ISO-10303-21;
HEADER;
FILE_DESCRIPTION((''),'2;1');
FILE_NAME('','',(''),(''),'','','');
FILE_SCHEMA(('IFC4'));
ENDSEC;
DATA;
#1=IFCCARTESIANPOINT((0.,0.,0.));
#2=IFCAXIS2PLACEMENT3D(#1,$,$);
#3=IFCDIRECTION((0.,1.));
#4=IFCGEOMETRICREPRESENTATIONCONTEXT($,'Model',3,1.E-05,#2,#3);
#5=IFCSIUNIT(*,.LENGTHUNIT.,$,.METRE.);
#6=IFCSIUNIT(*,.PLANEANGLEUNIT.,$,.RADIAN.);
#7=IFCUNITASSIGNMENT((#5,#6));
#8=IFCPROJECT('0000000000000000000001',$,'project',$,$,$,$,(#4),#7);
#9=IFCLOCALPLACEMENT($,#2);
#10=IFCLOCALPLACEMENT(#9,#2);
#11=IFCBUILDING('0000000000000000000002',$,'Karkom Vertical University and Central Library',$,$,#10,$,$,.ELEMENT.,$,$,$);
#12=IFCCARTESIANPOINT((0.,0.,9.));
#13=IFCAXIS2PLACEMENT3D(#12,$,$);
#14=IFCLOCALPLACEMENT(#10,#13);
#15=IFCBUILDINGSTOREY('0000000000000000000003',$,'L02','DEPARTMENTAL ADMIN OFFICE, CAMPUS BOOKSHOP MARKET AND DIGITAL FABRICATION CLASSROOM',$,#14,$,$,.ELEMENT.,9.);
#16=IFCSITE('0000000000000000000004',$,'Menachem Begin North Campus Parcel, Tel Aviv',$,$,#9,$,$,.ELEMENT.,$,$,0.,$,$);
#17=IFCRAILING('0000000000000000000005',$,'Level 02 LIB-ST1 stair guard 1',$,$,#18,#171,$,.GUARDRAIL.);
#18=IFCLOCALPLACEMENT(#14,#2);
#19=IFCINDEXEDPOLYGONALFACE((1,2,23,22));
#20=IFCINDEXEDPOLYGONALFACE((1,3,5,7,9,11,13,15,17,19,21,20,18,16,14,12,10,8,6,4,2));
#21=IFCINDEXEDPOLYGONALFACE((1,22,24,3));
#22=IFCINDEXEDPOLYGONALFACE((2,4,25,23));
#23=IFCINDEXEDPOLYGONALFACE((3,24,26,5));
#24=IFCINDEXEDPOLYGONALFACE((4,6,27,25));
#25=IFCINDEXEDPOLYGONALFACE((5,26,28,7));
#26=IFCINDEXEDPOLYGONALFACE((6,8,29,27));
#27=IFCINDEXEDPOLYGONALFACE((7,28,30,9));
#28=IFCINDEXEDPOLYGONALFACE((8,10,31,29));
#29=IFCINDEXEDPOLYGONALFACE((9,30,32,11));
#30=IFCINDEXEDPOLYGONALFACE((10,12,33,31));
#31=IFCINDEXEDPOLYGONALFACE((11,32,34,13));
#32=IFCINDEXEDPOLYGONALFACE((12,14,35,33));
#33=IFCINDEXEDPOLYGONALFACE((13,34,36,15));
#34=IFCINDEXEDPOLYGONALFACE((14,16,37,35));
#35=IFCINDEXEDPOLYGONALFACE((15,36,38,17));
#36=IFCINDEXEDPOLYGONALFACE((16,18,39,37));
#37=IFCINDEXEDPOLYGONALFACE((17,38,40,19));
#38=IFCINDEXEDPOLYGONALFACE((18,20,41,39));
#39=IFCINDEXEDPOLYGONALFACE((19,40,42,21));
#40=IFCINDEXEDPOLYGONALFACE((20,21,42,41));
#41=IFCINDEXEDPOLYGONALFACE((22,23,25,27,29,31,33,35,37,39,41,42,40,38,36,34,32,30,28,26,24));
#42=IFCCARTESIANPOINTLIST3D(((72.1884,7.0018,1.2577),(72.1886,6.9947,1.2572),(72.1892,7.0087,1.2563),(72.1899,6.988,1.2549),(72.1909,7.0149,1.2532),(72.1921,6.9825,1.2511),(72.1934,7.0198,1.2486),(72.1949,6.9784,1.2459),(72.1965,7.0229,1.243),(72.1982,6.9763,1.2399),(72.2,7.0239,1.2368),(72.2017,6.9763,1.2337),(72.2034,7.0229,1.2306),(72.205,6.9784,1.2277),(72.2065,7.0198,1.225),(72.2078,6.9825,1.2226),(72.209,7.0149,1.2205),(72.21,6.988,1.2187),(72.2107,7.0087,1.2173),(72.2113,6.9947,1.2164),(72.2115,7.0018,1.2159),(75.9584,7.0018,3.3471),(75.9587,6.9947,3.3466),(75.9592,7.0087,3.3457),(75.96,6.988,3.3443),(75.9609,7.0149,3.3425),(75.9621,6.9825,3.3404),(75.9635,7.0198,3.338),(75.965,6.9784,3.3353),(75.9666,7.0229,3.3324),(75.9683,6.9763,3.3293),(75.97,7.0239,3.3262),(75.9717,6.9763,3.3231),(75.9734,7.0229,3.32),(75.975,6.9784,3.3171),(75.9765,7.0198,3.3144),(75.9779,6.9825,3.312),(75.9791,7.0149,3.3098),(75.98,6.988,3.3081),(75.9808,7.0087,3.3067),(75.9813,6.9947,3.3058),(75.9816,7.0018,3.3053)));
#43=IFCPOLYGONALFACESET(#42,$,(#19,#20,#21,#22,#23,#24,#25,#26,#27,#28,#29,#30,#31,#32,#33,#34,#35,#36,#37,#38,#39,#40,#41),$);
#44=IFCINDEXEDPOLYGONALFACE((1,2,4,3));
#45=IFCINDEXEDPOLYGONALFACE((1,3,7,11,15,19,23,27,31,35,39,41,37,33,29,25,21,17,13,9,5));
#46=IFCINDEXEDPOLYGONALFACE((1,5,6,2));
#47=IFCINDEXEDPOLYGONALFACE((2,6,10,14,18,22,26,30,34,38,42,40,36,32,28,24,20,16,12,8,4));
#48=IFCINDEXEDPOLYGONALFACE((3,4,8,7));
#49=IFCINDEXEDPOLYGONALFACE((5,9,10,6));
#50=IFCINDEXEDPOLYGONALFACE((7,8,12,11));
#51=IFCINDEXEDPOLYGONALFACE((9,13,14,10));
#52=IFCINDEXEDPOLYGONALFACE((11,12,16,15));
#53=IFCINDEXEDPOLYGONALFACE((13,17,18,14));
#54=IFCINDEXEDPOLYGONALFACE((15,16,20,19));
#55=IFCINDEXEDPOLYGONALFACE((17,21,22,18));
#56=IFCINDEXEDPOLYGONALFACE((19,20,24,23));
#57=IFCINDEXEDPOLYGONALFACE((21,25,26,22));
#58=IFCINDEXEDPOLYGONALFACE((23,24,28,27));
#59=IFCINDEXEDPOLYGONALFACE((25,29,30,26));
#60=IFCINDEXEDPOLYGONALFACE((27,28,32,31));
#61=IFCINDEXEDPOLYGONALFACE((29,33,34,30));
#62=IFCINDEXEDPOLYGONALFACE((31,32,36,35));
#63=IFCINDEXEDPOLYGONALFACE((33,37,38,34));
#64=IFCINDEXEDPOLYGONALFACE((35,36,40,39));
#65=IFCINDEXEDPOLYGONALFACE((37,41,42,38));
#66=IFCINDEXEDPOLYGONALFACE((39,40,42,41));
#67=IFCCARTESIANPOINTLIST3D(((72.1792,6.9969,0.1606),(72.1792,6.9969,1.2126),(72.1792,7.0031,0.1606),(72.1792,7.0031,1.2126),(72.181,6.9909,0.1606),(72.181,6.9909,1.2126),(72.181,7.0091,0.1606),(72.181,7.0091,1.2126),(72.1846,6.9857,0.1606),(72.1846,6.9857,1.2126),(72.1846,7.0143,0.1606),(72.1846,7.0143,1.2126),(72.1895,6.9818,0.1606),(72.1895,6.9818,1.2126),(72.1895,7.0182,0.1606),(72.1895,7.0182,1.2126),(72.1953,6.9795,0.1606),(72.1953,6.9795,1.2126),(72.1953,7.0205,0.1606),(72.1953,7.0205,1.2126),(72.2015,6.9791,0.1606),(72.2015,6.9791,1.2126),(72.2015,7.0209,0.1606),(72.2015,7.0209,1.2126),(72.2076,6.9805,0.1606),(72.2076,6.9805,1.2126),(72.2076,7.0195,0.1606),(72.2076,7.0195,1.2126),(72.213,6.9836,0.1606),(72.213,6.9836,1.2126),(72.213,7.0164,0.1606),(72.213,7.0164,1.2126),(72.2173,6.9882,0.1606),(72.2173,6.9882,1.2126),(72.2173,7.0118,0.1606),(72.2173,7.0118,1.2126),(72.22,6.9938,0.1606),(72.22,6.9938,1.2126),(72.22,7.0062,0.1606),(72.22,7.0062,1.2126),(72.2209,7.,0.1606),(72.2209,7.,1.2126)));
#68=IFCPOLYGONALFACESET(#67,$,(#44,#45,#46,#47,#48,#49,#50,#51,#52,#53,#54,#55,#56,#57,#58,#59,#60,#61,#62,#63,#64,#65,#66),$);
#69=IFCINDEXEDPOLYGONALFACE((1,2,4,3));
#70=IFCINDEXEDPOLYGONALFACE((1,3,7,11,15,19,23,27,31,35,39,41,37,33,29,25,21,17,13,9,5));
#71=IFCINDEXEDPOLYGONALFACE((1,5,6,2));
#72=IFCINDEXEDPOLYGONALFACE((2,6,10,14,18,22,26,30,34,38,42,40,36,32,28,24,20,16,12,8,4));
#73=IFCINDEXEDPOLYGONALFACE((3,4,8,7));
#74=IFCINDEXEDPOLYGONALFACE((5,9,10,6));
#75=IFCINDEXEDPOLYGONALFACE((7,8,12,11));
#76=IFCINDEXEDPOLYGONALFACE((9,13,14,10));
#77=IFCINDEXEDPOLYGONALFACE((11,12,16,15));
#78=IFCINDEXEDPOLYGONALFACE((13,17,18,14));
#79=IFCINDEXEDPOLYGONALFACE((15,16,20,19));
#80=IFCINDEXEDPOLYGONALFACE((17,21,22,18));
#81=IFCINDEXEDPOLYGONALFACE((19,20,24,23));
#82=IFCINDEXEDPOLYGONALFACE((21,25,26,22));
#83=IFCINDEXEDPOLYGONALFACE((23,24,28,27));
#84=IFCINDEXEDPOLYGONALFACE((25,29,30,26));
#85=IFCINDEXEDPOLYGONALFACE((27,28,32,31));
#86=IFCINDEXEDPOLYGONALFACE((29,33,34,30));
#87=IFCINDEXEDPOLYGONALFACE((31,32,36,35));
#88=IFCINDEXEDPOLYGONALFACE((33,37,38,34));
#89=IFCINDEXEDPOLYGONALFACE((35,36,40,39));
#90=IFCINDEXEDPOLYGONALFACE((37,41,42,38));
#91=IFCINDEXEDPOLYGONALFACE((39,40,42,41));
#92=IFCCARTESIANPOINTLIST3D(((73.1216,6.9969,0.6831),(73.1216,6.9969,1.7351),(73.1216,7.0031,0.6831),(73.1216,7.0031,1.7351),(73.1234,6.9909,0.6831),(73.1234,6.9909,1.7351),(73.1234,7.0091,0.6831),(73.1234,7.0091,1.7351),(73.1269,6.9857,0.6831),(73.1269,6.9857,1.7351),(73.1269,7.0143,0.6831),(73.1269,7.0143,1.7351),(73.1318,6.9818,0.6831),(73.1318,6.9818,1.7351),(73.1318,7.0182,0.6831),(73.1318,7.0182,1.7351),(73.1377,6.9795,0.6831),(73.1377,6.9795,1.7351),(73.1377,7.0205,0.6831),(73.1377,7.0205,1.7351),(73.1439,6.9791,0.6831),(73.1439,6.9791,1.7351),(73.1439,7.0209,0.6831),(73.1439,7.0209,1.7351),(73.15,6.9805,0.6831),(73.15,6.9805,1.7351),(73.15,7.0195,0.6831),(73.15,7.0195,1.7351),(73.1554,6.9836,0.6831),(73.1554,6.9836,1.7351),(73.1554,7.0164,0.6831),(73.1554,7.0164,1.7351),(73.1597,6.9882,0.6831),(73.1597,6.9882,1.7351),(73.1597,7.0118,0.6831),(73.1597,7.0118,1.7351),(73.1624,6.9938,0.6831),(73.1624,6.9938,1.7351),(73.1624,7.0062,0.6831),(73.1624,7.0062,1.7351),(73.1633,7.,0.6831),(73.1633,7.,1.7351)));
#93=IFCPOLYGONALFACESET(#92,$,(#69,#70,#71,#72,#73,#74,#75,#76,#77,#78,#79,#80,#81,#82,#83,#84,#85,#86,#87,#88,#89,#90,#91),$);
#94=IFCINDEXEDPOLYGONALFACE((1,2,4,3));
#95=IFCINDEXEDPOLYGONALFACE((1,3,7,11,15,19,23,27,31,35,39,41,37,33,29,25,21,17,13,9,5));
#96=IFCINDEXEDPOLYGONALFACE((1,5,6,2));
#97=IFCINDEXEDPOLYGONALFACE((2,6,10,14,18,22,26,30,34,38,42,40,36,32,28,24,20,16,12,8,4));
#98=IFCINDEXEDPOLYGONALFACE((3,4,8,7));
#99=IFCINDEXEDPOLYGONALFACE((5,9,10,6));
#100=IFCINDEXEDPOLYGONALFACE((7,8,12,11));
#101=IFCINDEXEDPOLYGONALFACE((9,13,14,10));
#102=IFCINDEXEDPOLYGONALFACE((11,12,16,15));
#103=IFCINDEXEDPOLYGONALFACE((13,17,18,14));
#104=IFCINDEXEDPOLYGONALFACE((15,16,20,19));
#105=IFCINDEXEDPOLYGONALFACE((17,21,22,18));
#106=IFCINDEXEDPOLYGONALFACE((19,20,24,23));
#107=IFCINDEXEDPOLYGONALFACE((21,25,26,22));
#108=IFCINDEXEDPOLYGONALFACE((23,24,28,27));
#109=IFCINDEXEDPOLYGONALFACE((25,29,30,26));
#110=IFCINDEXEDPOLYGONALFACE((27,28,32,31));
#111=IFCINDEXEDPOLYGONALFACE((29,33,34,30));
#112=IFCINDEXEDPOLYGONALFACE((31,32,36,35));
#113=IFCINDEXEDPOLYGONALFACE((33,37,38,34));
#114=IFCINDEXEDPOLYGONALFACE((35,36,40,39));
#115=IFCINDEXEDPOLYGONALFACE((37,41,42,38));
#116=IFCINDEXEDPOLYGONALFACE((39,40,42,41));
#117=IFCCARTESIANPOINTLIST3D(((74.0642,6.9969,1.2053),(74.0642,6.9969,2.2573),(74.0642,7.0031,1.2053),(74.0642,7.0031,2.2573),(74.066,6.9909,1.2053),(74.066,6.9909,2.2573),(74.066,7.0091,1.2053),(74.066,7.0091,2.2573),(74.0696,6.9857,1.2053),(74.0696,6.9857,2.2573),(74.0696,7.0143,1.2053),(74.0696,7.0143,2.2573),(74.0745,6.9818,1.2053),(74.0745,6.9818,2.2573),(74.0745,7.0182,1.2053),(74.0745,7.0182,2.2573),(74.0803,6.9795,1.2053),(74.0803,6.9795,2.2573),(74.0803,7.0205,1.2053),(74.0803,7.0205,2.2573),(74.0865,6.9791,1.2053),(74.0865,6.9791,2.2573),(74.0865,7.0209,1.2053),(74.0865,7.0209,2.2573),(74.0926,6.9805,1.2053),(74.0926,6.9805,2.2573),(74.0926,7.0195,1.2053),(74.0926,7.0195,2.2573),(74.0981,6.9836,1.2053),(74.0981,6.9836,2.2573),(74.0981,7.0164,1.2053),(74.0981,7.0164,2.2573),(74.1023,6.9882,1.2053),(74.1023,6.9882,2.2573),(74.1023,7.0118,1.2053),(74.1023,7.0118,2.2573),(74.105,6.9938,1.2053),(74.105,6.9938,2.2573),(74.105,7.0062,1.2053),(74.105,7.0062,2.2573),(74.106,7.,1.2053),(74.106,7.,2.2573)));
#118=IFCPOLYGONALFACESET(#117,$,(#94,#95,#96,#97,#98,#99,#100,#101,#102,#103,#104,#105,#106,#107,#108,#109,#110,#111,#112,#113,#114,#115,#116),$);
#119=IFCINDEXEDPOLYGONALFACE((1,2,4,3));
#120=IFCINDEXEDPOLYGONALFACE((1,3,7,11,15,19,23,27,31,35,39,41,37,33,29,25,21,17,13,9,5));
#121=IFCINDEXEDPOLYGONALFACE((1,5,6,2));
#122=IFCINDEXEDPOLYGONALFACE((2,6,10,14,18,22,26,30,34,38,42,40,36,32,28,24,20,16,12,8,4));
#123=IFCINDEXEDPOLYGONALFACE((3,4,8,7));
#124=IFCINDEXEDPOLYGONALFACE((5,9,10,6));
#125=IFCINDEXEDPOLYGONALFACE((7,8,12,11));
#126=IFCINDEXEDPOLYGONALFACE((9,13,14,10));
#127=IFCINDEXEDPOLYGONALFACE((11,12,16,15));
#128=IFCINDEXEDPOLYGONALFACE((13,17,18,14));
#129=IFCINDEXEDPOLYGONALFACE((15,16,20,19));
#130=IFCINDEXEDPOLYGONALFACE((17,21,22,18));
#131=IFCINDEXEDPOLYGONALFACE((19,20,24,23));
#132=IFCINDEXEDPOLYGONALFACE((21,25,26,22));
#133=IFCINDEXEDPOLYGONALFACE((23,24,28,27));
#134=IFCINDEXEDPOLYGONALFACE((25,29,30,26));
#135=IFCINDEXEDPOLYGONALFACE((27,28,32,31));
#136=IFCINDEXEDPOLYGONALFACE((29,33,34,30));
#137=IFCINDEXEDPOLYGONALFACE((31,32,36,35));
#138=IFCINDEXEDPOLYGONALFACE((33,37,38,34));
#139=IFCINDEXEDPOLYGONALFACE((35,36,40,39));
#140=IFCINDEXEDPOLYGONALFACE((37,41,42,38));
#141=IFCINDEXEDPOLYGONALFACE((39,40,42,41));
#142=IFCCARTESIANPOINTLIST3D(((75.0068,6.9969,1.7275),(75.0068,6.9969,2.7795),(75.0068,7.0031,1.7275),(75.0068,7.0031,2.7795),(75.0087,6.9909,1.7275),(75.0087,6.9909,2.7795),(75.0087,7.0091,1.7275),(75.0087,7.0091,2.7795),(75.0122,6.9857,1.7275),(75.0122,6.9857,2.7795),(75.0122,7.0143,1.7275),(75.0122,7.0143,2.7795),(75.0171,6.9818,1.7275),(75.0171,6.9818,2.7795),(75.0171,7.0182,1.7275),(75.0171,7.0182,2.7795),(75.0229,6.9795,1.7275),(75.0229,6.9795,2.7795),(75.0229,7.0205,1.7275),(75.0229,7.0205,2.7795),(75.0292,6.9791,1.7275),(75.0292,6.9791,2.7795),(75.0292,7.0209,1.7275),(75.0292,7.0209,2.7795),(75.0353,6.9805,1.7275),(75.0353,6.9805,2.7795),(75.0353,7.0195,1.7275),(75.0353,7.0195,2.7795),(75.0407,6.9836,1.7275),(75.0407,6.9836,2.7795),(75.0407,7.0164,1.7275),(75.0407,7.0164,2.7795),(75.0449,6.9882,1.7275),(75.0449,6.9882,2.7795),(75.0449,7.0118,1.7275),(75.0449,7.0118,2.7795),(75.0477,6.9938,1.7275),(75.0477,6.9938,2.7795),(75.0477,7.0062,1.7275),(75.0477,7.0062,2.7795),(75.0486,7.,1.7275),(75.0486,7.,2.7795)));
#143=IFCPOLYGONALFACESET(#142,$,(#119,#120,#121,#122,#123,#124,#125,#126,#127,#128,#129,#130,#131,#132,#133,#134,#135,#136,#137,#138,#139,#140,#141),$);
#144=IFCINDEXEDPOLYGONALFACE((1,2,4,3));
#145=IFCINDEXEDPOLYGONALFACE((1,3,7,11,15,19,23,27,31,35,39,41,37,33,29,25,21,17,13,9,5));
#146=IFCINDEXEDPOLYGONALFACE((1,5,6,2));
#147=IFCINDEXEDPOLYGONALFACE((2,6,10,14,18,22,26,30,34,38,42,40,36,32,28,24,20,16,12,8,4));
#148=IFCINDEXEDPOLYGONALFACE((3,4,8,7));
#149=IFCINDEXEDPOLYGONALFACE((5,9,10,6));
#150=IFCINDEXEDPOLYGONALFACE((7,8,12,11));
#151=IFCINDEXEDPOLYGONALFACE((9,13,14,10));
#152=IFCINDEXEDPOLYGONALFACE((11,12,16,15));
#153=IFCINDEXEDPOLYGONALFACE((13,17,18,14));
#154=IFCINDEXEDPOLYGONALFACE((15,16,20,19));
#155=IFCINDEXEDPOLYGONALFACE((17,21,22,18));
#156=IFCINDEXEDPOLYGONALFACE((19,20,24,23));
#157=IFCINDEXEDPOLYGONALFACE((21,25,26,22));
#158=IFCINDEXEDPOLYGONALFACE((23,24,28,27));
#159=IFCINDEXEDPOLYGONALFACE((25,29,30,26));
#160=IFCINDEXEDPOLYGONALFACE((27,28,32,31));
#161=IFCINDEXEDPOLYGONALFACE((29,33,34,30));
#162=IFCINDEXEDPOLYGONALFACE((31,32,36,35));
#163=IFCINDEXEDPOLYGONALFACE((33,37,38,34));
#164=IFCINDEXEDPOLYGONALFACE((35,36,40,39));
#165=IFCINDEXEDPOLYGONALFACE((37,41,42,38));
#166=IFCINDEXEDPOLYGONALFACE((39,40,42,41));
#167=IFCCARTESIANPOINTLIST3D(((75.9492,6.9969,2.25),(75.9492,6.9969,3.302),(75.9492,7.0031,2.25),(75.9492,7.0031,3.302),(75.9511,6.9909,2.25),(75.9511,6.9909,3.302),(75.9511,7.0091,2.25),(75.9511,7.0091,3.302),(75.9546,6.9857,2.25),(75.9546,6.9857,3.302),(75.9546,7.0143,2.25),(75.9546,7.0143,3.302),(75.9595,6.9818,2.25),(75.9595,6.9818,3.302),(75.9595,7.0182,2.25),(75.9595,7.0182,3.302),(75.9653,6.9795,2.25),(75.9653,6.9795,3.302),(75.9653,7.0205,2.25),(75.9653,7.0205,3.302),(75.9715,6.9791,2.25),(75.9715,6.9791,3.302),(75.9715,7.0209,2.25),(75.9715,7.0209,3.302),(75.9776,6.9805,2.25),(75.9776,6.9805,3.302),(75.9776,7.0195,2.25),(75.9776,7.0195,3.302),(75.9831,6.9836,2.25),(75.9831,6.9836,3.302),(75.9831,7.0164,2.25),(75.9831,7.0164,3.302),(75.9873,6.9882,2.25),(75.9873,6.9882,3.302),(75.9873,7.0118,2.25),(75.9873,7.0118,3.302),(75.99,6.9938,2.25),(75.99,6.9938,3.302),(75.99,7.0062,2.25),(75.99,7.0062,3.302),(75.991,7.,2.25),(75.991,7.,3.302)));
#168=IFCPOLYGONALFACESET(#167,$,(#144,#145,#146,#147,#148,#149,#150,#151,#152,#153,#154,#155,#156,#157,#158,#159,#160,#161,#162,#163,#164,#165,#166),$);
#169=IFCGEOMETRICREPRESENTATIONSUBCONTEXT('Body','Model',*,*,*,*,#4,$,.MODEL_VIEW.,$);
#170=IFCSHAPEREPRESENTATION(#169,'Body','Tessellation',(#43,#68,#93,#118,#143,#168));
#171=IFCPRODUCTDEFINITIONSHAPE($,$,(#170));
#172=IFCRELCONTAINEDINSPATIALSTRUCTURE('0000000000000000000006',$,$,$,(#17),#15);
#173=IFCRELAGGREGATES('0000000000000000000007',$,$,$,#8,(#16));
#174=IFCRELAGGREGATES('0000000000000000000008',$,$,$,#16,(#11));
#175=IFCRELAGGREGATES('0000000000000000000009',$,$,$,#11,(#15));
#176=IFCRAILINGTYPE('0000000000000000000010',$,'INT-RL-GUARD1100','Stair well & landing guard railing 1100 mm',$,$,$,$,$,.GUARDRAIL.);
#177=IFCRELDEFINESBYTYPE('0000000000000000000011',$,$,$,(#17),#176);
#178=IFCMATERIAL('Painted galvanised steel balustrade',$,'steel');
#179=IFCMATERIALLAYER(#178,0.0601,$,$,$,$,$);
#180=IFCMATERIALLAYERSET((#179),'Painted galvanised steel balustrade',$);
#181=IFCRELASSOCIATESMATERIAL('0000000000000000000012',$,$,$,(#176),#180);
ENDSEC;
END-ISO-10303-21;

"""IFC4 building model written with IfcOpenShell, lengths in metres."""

from ifc_helpers import new_model, si_unit, direction, frame, origin, origin_2d, place, context, subcontext, project, spatial, circle, extrude, material, layer, layer_set, type_object, element, save


model = new_model("IFC4")

# Units and contexts
model_context = context("Model", 3, precision=1e-05, world=origin(), true_north=direction((0.0, 1.0)))
body_context = subcontext(model_context, "Body", "Model", "MODEL_VIEW")
ifc_project = project(units=[si_unit("LENGTHUNIT", "METRE"), si_unit("PLANEANGLEUNIT", "RADIAN")], contexts=[model_context])

# Site, building, storey
site_placement = place(None, origin())
site = spatial("IfcSite", under=ifc_project, at=site_placement, Name="Menachem Begin North Campus Parcel, Tel Aviv", CompositionType="ELEMENT", RefElevation=0.0)
building_placement = place(site_placement, origin())
building = spatial("IfcBuilding", under=site, at=building_placement, Name="Karkom Vertical University and Central Library", CompositionType="ELEMENT")
storey_placement = place(building_placement, frame((0.0, 0.0, 9.0)))
storey = spatial("IfcBuildingStorey", under=building, at=storey_placement, Name="L02", Description="DEPARTMENTAL ADMIN OFFICE, CAMPUS BOOKSHOP MARKET AND DIGITAL FABRICATION CLASSROOM", CompositionType="ELEMENT", Elevation=9.0)

# Railing
ifc_material_1 = material(Name="Painted galvanised steel balustrade", Category="steel")
ifc_layer_1 = layer(ifc_material_1, 0.0601)
ifc_layer_set_1 = layer_set([ifc_layer_1], Name="Painted galvanised steel balustrade")
railing_type_1 = type_object("IfcRailingType", Name="INT-RL-GUARD1100", Description="Stair well & landing guard railing 1100 mm", PredefinedType="GUARDRAIL", material=ifc_layer_set_1)
railing_1_placement = place(storey_placement, frame((72.2, 7.0, 0.1606)))
element("IfcRailing", 1, at=railing_1_placement, inside=storey, type_object=railing_type_1, Name="Level 02 LIB-ST1 stair guard 1", PredefinedType="GUARDRAIL", context=body_context, shape_type="SweptSolid", body=[
    extrude(circle(Radius=0.0239, at=origin_2d()), frame((0.0, 0.0, 1.0762), z_axis=(0.874659, 0.0, 0.484739), x_axis=(0.0, 1.0, 0.0)), (0.0, 0.0, 1.0), 4.3103),
    extrude(circle(Radius=0.021, at=origin_2d()), origin(), (0.0, 0.0, 1.0), 1.052),
    extrude(circle(Radius=0.021, at=origin_2d()), frame((0.9424, 0.0, 0.5225)), (0.0, 0.0, 1.0), 1.052),
    extrude(circle(Radius=0.021, at=origin_2d()), frame((1.885, 0.0, 1.0447)), (0.0, 0.0, 1.0), 1.052),
    extrude(circle(Radius=0.021, at=origin_2d()), frame((2.8276, 0.0, 1.5669)), (0.0, 0.0, 1.0), 1.052),
    extrude(circle(Radius=0.021, at=origin_2d()), frame((3.77, 0.0, 2.0894)), (0.0, 0.0, 1.0), 1.052),
])

save(model, "model.ifc")
